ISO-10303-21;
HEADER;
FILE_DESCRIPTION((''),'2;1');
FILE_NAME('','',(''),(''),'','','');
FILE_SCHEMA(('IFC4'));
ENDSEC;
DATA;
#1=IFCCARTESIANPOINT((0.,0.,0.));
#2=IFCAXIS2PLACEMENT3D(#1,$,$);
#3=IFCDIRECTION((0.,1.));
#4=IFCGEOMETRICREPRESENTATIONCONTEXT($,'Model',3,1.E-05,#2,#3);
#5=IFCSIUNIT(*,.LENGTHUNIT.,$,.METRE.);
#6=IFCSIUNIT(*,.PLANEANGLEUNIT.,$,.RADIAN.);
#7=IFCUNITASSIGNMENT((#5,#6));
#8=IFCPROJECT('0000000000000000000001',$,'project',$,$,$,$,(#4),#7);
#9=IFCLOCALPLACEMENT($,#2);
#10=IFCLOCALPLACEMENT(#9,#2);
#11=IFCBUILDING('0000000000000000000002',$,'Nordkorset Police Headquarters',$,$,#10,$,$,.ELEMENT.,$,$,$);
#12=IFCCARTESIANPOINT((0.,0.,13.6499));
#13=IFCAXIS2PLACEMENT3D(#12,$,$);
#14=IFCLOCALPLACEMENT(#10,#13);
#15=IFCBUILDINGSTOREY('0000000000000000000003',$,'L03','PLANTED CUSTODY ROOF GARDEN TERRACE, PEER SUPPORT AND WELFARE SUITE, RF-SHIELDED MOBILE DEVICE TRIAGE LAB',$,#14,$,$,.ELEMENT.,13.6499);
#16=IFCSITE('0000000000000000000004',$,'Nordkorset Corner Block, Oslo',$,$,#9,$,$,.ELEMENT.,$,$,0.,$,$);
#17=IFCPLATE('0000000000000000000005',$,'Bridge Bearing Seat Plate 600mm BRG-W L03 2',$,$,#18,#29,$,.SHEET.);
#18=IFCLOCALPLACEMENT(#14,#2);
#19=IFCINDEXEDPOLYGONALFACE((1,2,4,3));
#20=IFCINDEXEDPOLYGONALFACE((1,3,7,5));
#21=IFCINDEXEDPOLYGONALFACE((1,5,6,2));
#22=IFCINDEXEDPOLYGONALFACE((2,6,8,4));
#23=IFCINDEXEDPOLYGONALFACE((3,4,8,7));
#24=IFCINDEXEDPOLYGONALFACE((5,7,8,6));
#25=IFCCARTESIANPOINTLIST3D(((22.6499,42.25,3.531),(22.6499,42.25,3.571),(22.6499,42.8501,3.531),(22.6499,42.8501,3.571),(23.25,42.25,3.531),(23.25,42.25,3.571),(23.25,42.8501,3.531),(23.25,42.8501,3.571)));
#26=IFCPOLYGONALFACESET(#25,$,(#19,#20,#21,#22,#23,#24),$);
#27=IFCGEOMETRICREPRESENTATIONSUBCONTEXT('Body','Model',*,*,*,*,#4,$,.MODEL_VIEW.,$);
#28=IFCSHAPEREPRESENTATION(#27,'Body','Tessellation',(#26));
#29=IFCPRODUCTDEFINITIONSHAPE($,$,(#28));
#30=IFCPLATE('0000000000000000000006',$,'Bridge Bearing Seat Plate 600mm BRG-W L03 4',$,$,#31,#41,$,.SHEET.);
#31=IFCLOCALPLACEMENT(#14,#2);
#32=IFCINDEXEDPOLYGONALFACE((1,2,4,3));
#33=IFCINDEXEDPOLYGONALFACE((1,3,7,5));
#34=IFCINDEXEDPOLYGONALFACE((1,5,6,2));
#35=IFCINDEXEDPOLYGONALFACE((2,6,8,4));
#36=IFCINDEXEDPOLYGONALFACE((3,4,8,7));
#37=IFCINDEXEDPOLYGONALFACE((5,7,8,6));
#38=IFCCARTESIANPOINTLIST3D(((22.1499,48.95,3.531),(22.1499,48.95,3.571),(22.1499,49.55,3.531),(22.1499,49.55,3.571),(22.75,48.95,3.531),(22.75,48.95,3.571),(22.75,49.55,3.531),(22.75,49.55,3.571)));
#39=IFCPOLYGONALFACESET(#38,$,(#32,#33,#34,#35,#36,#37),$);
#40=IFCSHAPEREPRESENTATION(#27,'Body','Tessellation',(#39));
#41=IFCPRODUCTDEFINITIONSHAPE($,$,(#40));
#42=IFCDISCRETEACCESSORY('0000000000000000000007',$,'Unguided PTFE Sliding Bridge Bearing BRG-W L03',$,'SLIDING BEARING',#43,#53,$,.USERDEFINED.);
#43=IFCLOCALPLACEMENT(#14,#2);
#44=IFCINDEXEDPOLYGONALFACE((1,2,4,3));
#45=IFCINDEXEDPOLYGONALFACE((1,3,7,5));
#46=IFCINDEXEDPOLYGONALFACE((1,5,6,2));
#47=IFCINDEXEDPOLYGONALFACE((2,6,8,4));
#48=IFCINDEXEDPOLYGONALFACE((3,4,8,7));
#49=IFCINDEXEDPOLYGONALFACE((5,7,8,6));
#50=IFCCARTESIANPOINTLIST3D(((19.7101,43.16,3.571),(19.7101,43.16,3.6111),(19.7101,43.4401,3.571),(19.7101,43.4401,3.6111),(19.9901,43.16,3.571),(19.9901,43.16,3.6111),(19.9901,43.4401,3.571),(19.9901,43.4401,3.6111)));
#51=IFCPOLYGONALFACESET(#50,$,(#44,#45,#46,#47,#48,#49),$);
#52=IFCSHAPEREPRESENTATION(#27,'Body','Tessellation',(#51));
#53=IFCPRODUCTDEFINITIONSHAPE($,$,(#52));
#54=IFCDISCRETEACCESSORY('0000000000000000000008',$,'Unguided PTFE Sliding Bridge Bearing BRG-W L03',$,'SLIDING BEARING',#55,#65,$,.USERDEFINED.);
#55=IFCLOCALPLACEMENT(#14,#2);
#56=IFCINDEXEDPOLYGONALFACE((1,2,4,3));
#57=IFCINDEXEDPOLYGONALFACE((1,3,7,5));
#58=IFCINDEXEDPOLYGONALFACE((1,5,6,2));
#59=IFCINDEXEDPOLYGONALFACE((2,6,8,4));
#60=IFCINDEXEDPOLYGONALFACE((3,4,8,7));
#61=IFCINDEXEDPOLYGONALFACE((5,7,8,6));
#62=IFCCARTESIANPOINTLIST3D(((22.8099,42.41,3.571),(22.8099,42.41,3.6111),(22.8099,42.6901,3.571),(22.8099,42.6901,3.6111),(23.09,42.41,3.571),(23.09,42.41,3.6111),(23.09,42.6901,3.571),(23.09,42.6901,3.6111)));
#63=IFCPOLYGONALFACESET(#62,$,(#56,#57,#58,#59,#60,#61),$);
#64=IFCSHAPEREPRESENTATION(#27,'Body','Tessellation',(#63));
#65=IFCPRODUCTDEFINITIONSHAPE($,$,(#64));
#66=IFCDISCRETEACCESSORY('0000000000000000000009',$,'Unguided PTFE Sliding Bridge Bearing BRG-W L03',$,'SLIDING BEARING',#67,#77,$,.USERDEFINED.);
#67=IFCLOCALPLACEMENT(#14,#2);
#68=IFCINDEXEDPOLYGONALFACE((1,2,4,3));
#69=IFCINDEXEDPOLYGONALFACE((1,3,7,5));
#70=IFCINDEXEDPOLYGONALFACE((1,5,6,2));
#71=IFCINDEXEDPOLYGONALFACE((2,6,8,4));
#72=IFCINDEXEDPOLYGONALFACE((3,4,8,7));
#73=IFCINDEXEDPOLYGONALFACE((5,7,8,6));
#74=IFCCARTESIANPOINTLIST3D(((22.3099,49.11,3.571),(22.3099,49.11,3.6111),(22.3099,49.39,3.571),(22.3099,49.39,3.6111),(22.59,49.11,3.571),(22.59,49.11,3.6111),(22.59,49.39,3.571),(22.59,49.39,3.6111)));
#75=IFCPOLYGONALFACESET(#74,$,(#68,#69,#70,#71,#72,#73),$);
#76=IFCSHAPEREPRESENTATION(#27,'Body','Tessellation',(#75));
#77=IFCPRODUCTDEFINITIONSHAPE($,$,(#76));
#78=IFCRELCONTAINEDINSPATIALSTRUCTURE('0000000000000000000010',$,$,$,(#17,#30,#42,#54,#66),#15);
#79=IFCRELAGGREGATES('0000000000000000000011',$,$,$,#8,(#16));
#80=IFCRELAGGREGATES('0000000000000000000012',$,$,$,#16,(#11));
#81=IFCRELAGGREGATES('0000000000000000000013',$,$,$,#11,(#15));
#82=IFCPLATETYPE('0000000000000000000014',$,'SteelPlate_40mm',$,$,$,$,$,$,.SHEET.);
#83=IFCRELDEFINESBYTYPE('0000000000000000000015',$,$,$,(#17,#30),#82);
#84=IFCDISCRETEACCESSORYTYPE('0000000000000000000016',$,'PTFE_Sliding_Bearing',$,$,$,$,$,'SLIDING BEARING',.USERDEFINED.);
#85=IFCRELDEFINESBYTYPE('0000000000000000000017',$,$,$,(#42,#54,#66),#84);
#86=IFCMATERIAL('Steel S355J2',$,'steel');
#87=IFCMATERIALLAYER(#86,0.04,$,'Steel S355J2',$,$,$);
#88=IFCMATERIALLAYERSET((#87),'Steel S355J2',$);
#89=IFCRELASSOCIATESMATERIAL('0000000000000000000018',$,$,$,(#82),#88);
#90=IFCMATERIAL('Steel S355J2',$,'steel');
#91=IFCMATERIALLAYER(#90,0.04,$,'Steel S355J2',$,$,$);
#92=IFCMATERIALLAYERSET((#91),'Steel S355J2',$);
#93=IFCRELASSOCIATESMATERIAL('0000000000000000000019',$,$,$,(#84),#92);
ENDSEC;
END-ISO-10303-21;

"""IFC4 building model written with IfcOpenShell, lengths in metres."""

from ifc_helpers import new_model, si_unit, direction, frame, origin, origin_2d, place, context, subcontext, project, spatial, rectangle, extrude, material, layer, layer_set, type_object, element, save


model = new_model("IFC4")

# Units and contexts
model_context = context("Model", 3, precision=1e-05, world=origin(), true_north=direction((0.0, 1.0)))
body_context = subcontext(model_context, "Body", "Model", "MODEL_VIEW")
ifc_project = project(units=[si_unit("LENGTHUNIT", "METRE"), si_unit("PLANEANGLEUNIT", "RADIAN")], contexts=[model_context])

# Site, building, storey
site_placement = place(None, origin())
site = spatial("IfcSite", under=ifc_project, at=site_placement, Name="Nordkorset Corner Block, Oslo", CompositionType="ELEMENT", RefElevation=0.0)
building_placement = place(site_placement, origin())
building = spatial("IfcBuilding", under=site, at=building_placement, Name="Nordkorset Police Headquarters", CompositionType="ELEMENT")
storey_placement = place(building_placement, frame((0.0, 0.0, 13.6499)))
storey = spatial("IfcBuildingStorey", under=building, at=storey_placement, Name="L03", Description="PLANTED CUSTODY ROOF GARDEN TERRACE, PEER SUPPORT AND WELFARE SUITE, RF-SHIELDED MOBILE DEVICE TRIAGE LAB", CompositionType="ELEMENT", Elevation=13.6499)

# Plates
ifc_material_1 = material(Name="Steel S355J2", Category="steel")
ifc_layer_1 = layer(ifc_material_1, 0.04, Name="Steel S355J2")
ifc_layer_set_1 = layer_set([ifc_layer_1], Name="Steel S355J2")
plate_type_1 = type_object("IfcPlateType", Name="SteelPlate_40mm", PredefinedType="SHEET", material=ifc_layer_set_1)
for number, where, z_axis, x_axis, name in (
    (1, (22.95, 42.55, 3.531), (0.0, 0.0, 1.0), (1.0, 0.0, 0.0), "Bridge Bearing Seat Plate 600mm BRG-W L03 2"),
    (2, (22.45, 49.25, 3.531), (0.0, 0.0, 1.0), (1.0, 0.0, 0.0), "Bridge Bearing Seat Plate 600mm BRG-W L03 4"),
):
    element("IfcPlate", number, at=place(storey_placement, frame(where, z_axis=z_axis, x_axis=x_axis)), inside=storey, type_object=plate_type_1, Name=name, PredefinedType="SHEET", context=body_context, shape_type="SweptSolid", body=[
        extrude(rectangle(XDim=0.6001, YDim=0.6001, at=origin_2d()), origin(), (0.0, 0.0, 1.0), 0.04),
    ])

# Discrete accessories
ifc_material_2 = material(Name="Steel S355J2", Category="steel")
ifc_layer_2 = layer(ifc_material_2, 0.04, Name="Steel S355J2")
ifc_layer_set_2 = layer_set([ifc_layer_2], Name="Steel S355J2")
discrete_accessory_type = type_object("IfcDiscreteAccessoryType", Name="PTFE_Sliding_Bearing", ElementType="SLIDING BEARING", PredefinedType="USERDEFINED", material=ifc_layer_set_2)
for number, where, z_axis, x_axis, name in (
    (3, (19.8501, 43.3, 3.571), (0.0, 0.0, 1.0), (1.0, 0.0, 0.0), "Unguided PTFE Sliding Bridge Bearing BRG-W L03"),
    (4, (22.95, 42.55, 3.571), (0.0, 0.0, 1.0), (1.0, 0.0, 0.0), "Unguided PTFE Sliding Bridge Bearing BRG-W L03"),
    (5, (22.45, 49.25, 3.571), (0.0, 0.0, 1.0), (1.0, 0.0, 0.0), "Unguided PTFE Sliding Bridge Bearing BRG-W L03"),
):
    element("IfcDiscreteAccessory", number, at=place(storey_placement, frame(where, z_axis=z_axis, x_axis=x_axis)), inside=storey, type_object=discrete_accessory_type, Name=name, ObjectType="SLIDING BEARING", PredefinedType="USERDEFINED", context=body_context, shape_type="SweptSolid", body=[
        extrude(rectangle(XDim=0.28, YDim=0.28, at=origin_2d()), origin(), (0.0, 0.0, 1.0), 0.04),
    ])

save(model, "model.ifc")
